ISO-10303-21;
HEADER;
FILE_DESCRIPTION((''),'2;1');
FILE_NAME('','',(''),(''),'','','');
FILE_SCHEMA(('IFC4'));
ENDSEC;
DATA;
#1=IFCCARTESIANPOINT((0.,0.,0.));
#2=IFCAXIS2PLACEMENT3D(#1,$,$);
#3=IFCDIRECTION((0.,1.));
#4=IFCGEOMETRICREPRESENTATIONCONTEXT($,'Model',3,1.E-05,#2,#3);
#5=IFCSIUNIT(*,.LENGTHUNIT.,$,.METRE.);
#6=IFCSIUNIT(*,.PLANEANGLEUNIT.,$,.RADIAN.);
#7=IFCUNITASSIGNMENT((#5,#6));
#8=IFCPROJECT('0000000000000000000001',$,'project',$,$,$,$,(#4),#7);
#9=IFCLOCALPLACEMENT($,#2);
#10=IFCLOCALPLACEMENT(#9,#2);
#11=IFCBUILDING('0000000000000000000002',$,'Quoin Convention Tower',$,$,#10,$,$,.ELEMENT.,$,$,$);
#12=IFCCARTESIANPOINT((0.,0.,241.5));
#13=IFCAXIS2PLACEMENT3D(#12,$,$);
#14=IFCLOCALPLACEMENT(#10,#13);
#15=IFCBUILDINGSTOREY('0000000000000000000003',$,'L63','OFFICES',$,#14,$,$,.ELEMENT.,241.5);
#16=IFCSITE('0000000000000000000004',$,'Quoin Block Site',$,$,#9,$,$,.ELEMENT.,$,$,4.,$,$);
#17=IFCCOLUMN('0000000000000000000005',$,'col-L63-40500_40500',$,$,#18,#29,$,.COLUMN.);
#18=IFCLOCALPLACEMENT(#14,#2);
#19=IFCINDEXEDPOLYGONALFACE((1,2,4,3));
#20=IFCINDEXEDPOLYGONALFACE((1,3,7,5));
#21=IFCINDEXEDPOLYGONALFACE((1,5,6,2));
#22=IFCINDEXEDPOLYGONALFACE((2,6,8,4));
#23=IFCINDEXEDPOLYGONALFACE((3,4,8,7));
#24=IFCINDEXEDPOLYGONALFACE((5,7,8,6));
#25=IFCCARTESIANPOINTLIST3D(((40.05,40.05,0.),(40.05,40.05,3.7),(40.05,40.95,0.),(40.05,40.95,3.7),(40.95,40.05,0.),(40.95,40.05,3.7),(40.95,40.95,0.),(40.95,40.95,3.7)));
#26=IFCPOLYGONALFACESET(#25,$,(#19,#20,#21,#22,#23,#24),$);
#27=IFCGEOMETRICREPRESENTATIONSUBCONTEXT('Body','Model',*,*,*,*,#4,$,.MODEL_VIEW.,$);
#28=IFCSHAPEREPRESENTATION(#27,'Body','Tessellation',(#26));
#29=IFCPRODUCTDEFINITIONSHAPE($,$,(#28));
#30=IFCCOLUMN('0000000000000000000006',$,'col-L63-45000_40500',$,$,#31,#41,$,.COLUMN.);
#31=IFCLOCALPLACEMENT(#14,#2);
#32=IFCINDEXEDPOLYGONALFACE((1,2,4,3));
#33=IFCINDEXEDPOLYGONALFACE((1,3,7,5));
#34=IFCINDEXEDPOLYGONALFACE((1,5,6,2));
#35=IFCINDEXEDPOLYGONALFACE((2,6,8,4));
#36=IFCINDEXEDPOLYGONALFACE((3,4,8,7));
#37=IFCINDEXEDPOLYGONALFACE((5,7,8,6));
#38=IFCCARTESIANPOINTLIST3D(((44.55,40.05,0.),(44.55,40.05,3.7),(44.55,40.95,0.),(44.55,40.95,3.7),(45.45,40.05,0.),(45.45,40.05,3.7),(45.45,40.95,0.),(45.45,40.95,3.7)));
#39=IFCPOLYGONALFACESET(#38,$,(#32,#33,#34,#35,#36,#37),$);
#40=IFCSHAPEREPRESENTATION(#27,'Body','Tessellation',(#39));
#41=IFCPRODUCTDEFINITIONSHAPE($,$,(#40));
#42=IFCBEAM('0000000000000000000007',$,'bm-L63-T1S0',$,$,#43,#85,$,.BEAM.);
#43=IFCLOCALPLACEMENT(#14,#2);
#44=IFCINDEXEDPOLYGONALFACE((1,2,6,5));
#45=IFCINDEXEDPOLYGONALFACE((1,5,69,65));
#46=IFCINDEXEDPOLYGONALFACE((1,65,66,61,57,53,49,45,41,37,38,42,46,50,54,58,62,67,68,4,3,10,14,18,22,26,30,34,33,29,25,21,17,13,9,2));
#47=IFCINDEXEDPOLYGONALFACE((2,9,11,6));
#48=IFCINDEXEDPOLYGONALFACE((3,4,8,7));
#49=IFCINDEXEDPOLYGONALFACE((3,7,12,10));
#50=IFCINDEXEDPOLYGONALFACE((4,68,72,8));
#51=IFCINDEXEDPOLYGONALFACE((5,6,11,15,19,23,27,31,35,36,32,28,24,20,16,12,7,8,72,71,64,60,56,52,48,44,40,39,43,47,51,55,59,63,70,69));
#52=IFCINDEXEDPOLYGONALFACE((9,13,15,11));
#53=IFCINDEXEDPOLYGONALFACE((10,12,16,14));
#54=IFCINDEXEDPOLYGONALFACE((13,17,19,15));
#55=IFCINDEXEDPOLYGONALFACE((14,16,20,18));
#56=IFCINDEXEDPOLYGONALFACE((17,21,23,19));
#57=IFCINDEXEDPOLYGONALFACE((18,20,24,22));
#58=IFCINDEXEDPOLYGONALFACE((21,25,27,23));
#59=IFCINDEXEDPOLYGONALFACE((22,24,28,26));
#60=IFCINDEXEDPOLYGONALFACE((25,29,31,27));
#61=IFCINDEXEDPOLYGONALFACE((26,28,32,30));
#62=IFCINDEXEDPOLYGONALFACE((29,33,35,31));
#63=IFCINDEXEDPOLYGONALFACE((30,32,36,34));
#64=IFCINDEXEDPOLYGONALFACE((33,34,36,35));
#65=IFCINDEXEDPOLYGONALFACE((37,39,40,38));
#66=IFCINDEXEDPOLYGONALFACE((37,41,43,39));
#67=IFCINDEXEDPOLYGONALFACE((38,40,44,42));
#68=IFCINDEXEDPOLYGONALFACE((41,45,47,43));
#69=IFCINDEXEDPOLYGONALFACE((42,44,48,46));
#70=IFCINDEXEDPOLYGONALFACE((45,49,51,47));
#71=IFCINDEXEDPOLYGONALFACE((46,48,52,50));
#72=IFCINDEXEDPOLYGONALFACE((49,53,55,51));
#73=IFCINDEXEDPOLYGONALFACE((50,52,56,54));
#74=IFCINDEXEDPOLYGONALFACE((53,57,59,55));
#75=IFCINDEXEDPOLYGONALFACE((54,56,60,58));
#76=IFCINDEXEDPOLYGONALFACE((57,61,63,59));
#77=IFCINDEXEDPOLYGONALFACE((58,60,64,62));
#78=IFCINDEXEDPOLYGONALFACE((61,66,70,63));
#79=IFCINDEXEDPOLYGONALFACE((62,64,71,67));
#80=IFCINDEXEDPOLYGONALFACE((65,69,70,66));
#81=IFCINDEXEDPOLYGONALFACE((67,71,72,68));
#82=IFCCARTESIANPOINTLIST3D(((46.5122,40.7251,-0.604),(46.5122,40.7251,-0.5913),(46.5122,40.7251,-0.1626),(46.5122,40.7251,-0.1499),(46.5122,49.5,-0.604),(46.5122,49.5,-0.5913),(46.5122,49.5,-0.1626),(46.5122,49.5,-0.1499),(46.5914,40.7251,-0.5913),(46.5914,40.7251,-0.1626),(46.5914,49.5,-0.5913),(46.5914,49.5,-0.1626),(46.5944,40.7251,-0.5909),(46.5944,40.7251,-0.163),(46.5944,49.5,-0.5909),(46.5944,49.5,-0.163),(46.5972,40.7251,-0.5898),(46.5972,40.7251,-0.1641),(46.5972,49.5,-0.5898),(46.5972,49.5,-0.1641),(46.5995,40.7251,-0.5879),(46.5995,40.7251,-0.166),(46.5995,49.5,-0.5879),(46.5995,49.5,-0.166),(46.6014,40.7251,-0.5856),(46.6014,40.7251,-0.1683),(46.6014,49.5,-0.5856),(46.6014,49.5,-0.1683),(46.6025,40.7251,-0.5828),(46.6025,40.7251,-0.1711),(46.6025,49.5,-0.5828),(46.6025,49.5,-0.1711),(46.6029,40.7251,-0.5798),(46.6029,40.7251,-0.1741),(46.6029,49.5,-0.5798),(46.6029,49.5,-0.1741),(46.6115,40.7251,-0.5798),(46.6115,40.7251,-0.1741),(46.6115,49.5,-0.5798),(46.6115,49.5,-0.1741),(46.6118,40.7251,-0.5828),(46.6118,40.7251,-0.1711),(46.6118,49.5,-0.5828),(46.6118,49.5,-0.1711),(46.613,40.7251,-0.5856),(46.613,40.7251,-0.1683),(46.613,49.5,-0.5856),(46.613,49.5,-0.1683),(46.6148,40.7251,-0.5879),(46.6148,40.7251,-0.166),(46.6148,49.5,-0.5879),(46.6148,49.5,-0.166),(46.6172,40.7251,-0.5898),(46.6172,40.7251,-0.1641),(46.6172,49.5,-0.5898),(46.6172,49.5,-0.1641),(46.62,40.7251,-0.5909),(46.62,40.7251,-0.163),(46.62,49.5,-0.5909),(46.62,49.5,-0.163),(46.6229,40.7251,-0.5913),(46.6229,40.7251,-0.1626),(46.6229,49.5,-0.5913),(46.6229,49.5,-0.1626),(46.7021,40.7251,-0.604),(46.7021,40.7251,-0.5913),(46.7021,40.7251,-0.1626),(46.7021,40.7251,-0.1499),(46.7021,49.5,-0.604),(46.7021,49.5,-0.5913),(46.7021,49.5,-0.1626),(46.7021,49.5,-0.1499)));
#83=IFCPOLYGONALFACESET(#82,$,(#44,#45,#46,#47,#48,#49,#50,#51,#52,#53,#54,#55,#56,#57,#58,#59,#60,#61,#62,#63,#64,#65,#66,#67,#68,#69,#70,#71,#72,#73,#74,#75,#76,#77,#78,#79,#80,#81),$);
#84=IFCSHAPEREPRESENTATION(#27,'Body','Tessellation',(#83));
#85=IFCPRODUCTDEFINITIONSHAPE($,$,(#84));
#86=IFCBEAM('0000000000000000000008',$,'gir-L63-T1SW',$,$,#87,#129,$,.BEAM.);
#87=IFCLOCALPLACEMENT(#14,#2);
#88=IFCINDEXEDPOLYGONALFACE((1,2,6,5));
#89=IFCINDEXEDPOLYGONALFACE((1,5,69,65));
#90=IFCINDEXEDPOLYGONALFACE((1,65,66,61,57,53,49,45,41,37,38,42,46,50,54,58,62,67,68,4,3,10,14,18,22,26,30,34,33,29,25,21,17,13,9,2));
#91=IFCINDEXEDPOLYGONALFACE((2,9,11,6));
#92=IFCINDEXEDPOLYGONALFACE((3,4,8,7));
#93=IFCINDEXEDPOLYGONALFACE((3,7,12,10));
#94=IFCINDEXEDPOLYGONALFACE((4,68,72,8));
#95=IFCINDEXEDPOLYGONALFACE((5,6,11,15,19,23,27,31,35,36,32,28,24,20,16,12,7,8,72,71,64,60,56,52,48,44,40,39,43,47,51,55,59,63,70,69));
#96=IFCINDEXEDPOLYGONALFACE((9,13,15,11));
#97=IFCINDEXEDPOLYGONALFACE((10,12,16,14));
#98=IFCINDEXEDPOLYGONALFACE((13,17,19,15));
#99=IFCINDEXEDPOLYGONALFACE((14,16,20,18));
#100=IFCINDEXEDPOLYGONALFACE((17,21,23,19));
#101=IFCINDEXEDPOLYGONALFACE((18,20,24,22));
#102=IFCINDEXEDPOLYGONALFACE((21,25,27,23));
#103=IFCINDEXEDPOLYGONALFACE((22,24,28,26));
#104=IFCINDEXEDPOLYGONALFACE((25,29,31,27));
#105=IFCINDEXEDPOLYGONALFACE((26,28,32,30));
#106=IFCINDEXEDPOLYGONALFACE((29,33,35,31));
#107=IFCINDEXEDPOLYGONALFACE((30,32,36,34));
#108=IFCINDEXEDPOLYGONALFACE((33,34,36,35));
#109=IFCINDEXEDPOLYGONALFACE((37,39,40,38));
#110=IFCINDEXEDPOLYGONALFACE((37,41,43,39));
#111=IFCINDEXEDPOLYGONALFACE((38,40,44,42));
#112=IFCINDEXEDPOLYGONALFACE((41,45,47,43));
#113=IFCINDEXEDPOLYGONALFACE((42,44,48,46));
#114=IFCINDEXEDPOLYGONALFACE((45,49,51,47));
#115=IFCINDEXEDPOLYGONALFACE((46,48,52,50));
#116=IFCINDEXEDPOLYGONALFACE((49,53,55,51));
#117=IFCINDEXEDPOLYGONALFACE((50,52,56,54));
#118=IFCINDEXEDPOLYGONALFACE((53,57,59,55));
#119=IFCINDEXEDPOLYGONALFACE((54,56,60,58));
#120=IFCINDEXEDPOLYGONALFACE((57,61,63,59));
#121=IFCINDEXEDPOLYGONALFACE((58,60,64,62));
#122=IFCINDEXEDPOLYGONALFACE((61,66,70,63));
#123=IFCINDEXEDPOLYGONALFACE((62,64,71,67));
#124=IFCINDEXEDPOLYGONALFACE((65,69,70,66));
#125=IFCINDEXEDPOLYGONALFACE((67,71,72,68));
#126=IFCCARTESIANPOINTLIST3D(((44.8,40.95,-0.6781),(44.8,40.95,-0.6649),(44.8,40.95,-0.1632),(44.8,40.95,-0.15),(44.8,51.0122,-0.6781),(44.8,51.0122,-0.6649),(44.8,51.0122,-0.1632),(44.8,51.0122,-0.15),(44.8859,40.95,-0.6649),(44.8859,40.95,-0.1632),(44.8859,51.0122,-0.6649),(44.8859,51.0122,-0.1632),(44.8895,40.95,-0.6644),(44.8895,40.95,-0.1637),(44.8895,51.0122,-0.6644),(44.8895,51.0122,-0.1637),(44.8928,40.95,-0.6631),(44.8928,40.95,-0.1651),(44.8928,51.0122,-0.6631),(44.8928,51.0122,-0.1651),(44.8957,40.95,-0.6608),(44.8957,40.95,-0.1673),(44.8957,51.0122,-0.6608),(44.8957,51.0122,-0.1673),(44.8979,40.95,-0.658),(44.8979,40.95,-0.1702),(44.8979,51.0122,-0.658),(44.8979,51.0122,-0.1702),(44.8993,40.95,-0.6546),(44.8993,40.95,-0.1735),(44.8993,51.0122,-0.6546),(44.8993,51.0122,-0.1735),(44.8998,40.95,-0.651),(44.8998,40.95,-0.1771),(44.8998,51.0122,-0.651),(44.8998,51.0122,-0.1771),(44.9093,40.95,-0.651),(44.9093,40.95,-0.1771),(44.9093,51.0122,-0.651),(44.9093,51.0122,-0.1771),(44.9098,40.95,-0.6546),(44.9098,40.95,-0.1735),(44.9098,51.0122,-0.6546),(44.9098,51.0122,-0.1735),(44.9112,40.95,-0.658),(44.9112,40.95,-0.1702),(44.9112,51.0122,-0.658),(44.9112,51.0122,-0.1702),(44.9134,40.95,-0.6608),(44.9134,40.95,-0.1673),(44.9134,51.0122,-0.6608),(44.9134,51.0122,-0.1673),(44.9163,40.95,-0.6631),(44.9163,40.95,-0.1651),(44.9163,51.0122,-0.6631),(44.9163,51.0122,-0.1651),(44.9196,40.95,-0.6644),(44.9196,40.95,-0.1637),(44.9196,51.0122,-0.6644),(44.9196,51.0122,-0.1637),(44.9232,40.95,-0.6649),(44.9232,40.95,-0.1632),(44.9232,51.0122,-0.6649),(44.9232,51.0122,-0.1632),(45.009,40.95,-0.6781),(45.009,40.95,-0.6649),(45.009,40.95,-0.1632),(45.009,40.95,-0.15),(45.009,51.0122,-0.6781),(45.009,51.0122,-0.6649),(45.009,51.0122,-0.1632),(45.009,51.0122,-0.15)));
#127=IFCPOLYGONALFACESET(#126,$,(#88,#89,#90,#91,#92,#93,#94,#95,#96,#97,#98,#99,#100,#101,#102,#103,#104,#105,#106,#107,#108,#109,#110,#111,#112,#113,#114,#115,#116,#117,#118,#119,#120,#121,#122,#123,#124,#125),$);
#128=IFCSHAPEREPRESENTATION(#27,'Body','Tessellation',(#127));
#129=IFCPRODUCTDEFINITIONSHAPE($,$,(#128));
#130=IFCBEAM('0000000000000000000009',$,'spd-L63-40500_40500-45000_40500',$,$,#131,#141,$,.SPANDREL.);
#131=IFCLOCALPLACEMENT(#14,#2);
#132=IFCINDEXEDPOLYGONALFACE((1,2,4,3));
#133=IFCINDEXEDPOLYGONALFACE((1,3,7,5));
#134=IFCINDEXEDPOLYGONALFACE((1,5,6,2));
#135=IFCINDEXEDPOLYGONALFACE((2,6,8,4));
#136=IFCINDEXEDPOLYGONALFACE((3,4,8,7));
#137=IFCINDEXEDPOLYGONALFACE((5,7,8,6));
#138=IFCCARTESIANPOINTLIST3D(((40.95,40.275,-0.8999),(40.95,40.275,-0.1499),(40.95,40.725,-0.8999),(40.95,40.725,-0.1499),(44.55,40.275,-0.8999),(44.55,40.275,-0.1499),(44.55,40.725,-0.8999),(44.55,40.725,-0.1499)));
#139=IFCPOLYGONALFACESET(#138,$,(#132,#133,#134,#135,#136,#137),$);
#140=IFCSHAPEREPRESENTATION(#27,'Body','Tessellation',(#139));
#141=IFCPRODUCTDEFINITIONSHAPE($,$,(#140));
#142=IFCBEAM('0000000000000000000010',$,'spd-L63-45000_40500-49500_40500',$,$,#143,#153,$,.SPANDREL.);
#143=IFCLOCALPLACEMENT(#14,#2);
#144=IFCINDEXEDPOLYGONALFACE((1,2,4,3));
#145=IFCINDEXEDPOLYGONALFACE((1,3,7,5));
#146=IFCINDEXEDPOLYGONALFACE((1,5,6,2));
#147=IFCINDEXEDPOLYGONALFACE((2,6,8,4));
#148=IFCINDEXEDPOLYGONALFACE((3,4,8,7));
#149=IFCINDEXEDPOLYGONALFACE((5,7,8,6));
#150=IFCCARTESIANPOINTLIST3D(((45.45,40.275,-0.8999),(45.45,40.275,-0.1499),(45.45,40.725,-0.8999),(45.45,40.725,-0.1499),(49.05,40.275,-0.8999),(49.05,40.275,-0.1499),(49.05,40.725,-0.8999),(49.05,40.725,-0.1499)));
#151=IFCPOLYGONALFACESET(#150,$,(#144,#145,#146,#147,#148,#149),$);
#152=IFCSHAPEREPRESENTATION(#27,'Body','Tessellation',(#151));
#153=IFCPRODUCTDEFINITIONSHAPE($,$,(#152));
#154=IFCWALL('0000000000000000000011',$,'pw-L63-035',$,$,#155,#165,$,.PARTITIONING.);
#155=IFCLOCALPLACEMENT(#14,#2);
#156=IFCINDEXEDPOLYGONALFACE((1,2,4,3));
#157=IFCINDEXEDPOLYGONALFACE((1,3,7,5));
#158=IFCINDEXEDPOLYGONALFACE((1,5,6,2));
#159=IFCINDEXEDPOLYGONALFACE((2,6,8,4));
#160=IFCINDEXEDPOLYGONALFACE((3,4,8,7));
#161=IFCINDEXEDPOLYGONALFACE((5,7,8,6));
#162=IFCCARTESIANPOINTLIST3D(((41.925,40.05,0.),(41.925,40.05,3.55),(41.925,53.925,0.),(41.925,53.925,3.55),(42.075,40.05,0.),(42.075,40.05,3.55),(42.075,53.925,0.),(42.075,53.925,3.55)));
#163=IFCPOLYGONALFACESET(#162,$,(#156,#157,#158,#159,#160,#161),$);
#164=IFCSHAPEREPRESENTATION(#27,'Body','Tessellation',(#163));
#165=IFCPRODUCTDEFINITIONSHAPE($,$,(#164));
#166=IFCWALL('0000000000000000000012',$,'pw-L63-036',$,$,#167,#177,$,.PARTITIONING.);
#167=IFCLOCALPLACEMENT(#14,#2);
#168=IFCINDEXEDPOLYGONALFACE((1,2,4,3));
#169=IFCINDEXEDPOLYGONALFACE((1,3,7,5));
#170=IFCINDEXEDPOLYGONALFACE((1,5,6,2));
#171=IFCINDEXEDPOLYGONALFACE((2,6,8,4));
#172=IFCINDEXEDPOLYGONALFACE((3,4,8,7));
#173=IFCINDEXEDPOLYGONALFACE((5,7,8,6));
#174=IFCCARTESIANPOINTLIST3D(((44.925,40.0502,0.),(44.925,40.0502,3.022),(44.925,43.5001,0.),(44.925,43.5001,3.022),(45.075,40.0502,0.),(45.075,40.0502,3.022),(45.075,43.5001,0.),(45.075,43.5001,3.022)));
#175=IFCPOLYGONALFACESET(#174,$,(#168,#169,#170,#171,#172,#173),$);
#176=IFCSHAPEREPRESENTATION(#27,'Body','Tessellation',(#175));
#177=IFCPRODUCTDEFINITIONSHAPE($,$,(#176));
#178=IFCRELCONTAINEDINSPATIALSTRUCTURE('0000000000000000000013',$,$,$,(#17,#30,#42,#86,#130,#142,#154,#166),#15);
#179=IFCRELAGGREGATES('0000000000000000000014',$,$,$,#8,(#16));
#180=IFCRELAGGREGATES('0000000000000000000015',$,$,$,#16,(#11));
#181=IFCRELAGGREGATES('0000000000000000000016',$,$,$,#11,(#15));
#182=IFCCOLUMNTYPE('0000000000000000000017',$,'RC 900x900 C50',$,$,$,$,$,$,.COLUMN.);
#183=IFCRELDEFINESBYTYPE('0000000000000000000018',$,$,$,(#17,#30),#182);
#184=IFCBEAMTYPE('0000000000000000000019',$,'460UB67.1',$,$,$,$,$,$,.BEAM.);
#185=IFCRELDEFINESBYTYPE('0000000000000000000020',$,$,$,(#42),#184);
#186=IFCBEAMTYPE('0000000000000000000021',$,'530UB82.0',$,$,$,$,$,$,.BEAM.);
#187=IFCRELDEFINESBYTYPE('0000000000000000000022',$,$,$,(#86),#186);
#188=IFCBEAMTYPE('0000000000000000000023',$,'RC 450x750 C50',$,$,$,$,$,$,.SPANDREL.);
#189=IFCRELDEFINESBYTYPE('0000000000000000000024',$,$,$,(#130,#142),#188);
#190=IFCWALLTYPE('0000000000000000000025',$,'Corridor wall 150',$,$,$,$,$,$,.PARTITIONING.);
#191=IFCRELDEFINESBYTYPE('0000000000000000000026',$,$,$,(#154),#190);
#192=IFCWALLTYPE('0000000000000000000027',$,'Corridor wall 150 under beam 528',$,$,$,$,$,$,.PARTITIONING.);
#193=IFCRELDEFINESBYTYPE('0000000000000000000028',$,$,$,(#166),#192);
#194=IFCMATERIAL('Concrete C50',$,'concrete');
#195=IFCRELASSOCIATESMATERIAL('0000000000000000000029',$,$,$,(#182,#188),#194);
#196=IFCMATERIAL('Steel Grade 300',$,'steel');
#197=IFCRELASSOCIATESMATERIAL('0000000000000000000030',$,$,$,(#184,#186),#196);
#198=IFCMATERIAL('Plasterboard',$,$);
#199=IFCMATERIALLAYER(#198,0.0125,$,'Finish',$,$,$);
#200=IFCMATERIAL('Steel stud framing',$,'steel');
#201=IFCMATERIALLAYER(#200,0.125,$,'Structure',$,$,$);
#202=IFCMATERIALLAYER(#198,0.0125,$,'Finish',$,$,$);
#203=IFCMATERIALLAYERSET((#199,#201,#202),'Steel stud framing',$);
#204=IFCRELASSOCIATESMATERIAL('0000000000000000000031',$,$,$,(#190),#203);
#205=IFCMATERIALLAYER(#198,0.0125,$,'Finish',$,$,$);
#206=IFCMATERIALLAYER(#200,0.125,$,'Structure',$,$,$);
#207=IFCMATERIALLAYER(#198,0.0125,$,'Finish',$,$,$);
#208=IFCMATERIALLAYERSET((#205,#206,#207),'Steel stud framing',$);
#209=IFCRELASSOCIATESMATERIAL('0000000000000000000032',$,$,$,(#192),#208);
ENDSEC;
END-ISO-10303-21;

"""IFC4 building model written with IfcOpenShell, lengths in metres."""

from ifc_helpers import new_model, si_unit, direction, frame, frame_2d, origin, origin_2d, place, context, subcontext, project, spatial, rectangle, i_section, extrude, material, layer, layer_set, material_profile, profile_set, type_object, element, save


model = new_model("IFC4")

# Units and contexts
model_context = context("Model", 3, precision=1e-05, world=origin(), true_north=direction((0.0, 1.0)))
body_context = subcontext(model_context, "Body", "Model", "MODEL_VIEW")
ifc_project = project(units=[si_unit("LENGTHUNIT", "METRE"), si_unit("PLANEANGLEUNIT", "RADIAN")], contexts=[model_context])

# Site, building, storey
site_placement = place(None, origin())
site = spatial("IfcSite", under=ifc_project, at=site_placement, Name="Quoin Block Site", CompositionType="ELEMENT", RefElevation=4.0)
building_placement = place(site_placement, origin())
building = spatial("IfcBuilding", under=site, at=building_placement, Name="Quoin Convention Tower", CompositionType="ELEMENT")
storey_placement = place(building_placement, frame((0.0, 0.0, 241.5)))
storey = spatial("IfcBuildingStorey", under=building, at=storey_placement, Name="L63", Description="OFFICES", CompositionType="ELEMENT", Elevation=241.5)

# Columns
ifc_material_1 = material(Name="Concrete C50", Category="concrete")
ifc_material_profile_1 = material_profile(ifc_material_1, rectangle(XDim=0.8999, YDim=0.8999, at=origin_2d()), Name="RC 900x900")
ifc_profile_set_1 = profile_set([ifc_material_profile_1], Name="Concrete C50")
column_type = type_object("IfcColumnType", Name="RC 900x900 C50", PredefinedType="COLUMN", material=ifc_profile_set_1)
for number, where, z_axis, x_axis, name in (
    (1, (40.5, 40.5, 0.0), (0.0, 0.0, 1.0), (1.0, 0.0, 0.0), "col-L63-40500_40500"),
    (2, (45.0, 40.5, 0.0), (0.0, 0.0, 1.0), (1.0, 0.0, 0.0), "col-L63-45000_40500"),
):
    element("IfcColumn", number, at=place(storey_placement, frame(where, z_axis=z_axis, x_axis=x_axis)), inside=storey, type_object=column_type, Name=name, PredefinedType="COLUMN", context=body_context, shape_type="SweptSolid", body=[
        extrude(rectangle(XDim=0.8999, YDim=0.8999, at=origin_2d()), origin(), (0.0, 0.0, 1.0), 3.7),
    ])

# Beams
ifc_material_2 = material(Name="Steel Grade 300", Category="steel")
ifc_material_profile_2 = material_profile(ifc_material_2, i_section(OverallWidth=0.1899, OverallDepth=0.4541, WebThickness=0.0085, FlangeThickness=0.0127, FilletRadius=0.0115, at=origin_2d()), Name="460UB67.1")
ifc_profile_set_2 = profile_set([ifc_material_profile_2], Name="Steel Grade 300")
beam_type_1 = type_object("IfcBeamType", Name="460UB67.1", PredefinedType="BEAM", material=ifc_profile_set_2)
beam_1_placement = place(storey_placement, frame((46.6072, 40.7251, -0.377), z_axis=(0.0, 1.0, 0.0), x_axis=(-1.0, 0.0, 0.0)))
element("IfcBeam", 3, at=beam_1_placement, inside=storey, type_object=beam_type_1, Name="bm-L63-T1S0", PredefinedType="BEAM", context=body_context, shape_type="SweptSolid", body=[
    extrude(i_section(OverallWidth=0.1899, OverallDepth=0.4541, WebThickness=0.0085, FlangeThickness=0.0127, FilletRadius=0.0115, at=origin_2d()), origin(), (0.0, 0.0, 1.0), 8.7749),
])
ifc_material_profile_3 = material_profile(ifc_material_2, i_section(OverallWidth=0.209, OverallDepth=0.5281, WebThickness=0.0095, FlangeThickness=0.0132, FilletRadius=0.0139, at=origin_2d()), Name="530UB82.0")
ifc_profile_set_3 = profile_set([ifc_material_profile_3], Name="Steel Grade 300")
beam_type_2 = type_object("IfcBeamType", Name="530UB82.0", PredefinedType="BEAM", material=ifc_profile_set_3)
beam_2_placement = place(storey_placement, frame((44.9045, 40.95, -0.4141), z_axis=(0.0, 1.0, 0.0), x_axis=(-1.0, 0.0, 0.0)))
element("IfcBeam", 4, at=beam_2_placement, inside=storey, type_object=beam_type_2, Name="gir-L63-T1SW", PredefinedType="BEAM", context=body_context, shape_type="SweptSolid", body=[
    extrude(i_section(OverallWidth=0.209, OverallDepth=0.5281, WebThickness=0.0095, FlangeThickness=0.0132, FilletRadius=0.0139, at=origin_2d()), origin(), (0.0, 0.0, 1.0), 10.0623),
])
ifc_material_profile_4 = material_profile(ifc_material_1, rectangle(XDim=0.45, YDim=0.75, at=origin_2d()), Name="RC 450x750")
ifc_profile_set_4 = profile_set([ifc_material_profile_4], Name="Concrete C50")
beam_type_3 = type_object("IfcBeamType", Name="RC 450x750 C50", PredefinedType="SPANDREL", material=ifc_profile_set_4)
for number, where, z_axis, x_axis, name in (
    (5, (40.95, 40.5, -0.5249), (1.0, 0.0, 0.0), (0.0, 1.0, 0.0), "spd-L63-40500_40500-45000_40500"),
    (6, (45.45, 40.5, -0.5249), (1.0, 0.0, 0.0), (0.0, 1.0, 0.0), "spd-L63-45000_40500-49500_40500"),
):
    element("IfcBeam", number, at=place(storey_placement, frame(where, z_axis=z_axis, x_axis=x_axis)), inside=storey, type_object=beam_type_3, Name=name, PredefinedType="SPANDREL", context=body_context, shape_type="SweptSolid", body=[
        extrude(rectangle(XDim=0.45, YDim=0.75, at=origin_2d()), origin(), (0.0, 0.0, 1.0), 3.6001),
    ])

# Walls
ifc_material_3 = material(Name="Plasterboard")
ifc_layer_1 = layer(ifc_material_3, 0.0125, Name="Finish")
ifc_material_4 = material(Name="Steel stud framing", Category="steel")
ifc_layer_2 = layer(ifc_material_4, 0.125, Name="Structure")
ifc_layer_3 = layer(ifc_material_3, 0.0125, Name="Finish")
ifc_layer_set_1 = layer_set([ifc_layer_1, ifc_layer_2, ifc_layer_3], Name="Steel stud framing")
wall_type_1 = type_object("IfcWallType", Name="Corridor wall 150", PredefinedType="PARTITIONING", material=ifc_layer_set_1)
wall_1_placement = place(storey_placement, frame((42.0, 40.05, 0.0), z_axis=(0.0, 0.0, 1.0), x_axis=(0.0, 1.0, 0.0)))
element("IfcWall", 7, at=wall_1_placement, inside=storey, type_object=wall_type_1, Name="pw-L63-035", PredefinedType="PARTITIONING", context=body_context, shape_type="SweptSolid", body=[
    extrude(rectangle(XDim=13.875, YDim=0.1499, at=frame_2d((6.9375, 0.0))), origin(), (0.0, 0.0, 1.0), 3.55),
])
ifc_layer_4 = layer(ifc_material_3, 0.0125, Name="Finish")
ifc_layer_5 = layer(ifc_material_4, 0.125, Name="Structure")
ifc_layer_6 = layer(ifc_material_3, 0.0125, Name="Finish")
ifc_layer_set_2 = layer_set([ifc_layer_4, ifc_layer_5, ifc_layer_6], Name="Steel stud framing")
wall_type_2 = type_object("IfcWallType", Name="Corridor wall 150 under beam 528", PredefinedType="PARTITIONING", material=ifc_layer_set_2)
wall_2_placement = place(storey_placement, frame((45.0, 40.05, 0.0), z_axis=(0.0, 0.0, 1.0), x_axis=(0.0, 1.0, 0.0)))
element("IfcWall", 8, at=wall_2_placement, inside=storey, type_object=wall_type_2, Name="pw-L63-036", PredefinedType="PARTITIONING", context=body_context, shape_type="SweptSolid", body=[
    extrude(rectangle(XDim=3.45, YDim=0.1499, at=frame_2d((1.7251, 0.0))), origin(), (0.0, 0.0, 1.0), 3.022),
])

save(model, "model.ifc")
